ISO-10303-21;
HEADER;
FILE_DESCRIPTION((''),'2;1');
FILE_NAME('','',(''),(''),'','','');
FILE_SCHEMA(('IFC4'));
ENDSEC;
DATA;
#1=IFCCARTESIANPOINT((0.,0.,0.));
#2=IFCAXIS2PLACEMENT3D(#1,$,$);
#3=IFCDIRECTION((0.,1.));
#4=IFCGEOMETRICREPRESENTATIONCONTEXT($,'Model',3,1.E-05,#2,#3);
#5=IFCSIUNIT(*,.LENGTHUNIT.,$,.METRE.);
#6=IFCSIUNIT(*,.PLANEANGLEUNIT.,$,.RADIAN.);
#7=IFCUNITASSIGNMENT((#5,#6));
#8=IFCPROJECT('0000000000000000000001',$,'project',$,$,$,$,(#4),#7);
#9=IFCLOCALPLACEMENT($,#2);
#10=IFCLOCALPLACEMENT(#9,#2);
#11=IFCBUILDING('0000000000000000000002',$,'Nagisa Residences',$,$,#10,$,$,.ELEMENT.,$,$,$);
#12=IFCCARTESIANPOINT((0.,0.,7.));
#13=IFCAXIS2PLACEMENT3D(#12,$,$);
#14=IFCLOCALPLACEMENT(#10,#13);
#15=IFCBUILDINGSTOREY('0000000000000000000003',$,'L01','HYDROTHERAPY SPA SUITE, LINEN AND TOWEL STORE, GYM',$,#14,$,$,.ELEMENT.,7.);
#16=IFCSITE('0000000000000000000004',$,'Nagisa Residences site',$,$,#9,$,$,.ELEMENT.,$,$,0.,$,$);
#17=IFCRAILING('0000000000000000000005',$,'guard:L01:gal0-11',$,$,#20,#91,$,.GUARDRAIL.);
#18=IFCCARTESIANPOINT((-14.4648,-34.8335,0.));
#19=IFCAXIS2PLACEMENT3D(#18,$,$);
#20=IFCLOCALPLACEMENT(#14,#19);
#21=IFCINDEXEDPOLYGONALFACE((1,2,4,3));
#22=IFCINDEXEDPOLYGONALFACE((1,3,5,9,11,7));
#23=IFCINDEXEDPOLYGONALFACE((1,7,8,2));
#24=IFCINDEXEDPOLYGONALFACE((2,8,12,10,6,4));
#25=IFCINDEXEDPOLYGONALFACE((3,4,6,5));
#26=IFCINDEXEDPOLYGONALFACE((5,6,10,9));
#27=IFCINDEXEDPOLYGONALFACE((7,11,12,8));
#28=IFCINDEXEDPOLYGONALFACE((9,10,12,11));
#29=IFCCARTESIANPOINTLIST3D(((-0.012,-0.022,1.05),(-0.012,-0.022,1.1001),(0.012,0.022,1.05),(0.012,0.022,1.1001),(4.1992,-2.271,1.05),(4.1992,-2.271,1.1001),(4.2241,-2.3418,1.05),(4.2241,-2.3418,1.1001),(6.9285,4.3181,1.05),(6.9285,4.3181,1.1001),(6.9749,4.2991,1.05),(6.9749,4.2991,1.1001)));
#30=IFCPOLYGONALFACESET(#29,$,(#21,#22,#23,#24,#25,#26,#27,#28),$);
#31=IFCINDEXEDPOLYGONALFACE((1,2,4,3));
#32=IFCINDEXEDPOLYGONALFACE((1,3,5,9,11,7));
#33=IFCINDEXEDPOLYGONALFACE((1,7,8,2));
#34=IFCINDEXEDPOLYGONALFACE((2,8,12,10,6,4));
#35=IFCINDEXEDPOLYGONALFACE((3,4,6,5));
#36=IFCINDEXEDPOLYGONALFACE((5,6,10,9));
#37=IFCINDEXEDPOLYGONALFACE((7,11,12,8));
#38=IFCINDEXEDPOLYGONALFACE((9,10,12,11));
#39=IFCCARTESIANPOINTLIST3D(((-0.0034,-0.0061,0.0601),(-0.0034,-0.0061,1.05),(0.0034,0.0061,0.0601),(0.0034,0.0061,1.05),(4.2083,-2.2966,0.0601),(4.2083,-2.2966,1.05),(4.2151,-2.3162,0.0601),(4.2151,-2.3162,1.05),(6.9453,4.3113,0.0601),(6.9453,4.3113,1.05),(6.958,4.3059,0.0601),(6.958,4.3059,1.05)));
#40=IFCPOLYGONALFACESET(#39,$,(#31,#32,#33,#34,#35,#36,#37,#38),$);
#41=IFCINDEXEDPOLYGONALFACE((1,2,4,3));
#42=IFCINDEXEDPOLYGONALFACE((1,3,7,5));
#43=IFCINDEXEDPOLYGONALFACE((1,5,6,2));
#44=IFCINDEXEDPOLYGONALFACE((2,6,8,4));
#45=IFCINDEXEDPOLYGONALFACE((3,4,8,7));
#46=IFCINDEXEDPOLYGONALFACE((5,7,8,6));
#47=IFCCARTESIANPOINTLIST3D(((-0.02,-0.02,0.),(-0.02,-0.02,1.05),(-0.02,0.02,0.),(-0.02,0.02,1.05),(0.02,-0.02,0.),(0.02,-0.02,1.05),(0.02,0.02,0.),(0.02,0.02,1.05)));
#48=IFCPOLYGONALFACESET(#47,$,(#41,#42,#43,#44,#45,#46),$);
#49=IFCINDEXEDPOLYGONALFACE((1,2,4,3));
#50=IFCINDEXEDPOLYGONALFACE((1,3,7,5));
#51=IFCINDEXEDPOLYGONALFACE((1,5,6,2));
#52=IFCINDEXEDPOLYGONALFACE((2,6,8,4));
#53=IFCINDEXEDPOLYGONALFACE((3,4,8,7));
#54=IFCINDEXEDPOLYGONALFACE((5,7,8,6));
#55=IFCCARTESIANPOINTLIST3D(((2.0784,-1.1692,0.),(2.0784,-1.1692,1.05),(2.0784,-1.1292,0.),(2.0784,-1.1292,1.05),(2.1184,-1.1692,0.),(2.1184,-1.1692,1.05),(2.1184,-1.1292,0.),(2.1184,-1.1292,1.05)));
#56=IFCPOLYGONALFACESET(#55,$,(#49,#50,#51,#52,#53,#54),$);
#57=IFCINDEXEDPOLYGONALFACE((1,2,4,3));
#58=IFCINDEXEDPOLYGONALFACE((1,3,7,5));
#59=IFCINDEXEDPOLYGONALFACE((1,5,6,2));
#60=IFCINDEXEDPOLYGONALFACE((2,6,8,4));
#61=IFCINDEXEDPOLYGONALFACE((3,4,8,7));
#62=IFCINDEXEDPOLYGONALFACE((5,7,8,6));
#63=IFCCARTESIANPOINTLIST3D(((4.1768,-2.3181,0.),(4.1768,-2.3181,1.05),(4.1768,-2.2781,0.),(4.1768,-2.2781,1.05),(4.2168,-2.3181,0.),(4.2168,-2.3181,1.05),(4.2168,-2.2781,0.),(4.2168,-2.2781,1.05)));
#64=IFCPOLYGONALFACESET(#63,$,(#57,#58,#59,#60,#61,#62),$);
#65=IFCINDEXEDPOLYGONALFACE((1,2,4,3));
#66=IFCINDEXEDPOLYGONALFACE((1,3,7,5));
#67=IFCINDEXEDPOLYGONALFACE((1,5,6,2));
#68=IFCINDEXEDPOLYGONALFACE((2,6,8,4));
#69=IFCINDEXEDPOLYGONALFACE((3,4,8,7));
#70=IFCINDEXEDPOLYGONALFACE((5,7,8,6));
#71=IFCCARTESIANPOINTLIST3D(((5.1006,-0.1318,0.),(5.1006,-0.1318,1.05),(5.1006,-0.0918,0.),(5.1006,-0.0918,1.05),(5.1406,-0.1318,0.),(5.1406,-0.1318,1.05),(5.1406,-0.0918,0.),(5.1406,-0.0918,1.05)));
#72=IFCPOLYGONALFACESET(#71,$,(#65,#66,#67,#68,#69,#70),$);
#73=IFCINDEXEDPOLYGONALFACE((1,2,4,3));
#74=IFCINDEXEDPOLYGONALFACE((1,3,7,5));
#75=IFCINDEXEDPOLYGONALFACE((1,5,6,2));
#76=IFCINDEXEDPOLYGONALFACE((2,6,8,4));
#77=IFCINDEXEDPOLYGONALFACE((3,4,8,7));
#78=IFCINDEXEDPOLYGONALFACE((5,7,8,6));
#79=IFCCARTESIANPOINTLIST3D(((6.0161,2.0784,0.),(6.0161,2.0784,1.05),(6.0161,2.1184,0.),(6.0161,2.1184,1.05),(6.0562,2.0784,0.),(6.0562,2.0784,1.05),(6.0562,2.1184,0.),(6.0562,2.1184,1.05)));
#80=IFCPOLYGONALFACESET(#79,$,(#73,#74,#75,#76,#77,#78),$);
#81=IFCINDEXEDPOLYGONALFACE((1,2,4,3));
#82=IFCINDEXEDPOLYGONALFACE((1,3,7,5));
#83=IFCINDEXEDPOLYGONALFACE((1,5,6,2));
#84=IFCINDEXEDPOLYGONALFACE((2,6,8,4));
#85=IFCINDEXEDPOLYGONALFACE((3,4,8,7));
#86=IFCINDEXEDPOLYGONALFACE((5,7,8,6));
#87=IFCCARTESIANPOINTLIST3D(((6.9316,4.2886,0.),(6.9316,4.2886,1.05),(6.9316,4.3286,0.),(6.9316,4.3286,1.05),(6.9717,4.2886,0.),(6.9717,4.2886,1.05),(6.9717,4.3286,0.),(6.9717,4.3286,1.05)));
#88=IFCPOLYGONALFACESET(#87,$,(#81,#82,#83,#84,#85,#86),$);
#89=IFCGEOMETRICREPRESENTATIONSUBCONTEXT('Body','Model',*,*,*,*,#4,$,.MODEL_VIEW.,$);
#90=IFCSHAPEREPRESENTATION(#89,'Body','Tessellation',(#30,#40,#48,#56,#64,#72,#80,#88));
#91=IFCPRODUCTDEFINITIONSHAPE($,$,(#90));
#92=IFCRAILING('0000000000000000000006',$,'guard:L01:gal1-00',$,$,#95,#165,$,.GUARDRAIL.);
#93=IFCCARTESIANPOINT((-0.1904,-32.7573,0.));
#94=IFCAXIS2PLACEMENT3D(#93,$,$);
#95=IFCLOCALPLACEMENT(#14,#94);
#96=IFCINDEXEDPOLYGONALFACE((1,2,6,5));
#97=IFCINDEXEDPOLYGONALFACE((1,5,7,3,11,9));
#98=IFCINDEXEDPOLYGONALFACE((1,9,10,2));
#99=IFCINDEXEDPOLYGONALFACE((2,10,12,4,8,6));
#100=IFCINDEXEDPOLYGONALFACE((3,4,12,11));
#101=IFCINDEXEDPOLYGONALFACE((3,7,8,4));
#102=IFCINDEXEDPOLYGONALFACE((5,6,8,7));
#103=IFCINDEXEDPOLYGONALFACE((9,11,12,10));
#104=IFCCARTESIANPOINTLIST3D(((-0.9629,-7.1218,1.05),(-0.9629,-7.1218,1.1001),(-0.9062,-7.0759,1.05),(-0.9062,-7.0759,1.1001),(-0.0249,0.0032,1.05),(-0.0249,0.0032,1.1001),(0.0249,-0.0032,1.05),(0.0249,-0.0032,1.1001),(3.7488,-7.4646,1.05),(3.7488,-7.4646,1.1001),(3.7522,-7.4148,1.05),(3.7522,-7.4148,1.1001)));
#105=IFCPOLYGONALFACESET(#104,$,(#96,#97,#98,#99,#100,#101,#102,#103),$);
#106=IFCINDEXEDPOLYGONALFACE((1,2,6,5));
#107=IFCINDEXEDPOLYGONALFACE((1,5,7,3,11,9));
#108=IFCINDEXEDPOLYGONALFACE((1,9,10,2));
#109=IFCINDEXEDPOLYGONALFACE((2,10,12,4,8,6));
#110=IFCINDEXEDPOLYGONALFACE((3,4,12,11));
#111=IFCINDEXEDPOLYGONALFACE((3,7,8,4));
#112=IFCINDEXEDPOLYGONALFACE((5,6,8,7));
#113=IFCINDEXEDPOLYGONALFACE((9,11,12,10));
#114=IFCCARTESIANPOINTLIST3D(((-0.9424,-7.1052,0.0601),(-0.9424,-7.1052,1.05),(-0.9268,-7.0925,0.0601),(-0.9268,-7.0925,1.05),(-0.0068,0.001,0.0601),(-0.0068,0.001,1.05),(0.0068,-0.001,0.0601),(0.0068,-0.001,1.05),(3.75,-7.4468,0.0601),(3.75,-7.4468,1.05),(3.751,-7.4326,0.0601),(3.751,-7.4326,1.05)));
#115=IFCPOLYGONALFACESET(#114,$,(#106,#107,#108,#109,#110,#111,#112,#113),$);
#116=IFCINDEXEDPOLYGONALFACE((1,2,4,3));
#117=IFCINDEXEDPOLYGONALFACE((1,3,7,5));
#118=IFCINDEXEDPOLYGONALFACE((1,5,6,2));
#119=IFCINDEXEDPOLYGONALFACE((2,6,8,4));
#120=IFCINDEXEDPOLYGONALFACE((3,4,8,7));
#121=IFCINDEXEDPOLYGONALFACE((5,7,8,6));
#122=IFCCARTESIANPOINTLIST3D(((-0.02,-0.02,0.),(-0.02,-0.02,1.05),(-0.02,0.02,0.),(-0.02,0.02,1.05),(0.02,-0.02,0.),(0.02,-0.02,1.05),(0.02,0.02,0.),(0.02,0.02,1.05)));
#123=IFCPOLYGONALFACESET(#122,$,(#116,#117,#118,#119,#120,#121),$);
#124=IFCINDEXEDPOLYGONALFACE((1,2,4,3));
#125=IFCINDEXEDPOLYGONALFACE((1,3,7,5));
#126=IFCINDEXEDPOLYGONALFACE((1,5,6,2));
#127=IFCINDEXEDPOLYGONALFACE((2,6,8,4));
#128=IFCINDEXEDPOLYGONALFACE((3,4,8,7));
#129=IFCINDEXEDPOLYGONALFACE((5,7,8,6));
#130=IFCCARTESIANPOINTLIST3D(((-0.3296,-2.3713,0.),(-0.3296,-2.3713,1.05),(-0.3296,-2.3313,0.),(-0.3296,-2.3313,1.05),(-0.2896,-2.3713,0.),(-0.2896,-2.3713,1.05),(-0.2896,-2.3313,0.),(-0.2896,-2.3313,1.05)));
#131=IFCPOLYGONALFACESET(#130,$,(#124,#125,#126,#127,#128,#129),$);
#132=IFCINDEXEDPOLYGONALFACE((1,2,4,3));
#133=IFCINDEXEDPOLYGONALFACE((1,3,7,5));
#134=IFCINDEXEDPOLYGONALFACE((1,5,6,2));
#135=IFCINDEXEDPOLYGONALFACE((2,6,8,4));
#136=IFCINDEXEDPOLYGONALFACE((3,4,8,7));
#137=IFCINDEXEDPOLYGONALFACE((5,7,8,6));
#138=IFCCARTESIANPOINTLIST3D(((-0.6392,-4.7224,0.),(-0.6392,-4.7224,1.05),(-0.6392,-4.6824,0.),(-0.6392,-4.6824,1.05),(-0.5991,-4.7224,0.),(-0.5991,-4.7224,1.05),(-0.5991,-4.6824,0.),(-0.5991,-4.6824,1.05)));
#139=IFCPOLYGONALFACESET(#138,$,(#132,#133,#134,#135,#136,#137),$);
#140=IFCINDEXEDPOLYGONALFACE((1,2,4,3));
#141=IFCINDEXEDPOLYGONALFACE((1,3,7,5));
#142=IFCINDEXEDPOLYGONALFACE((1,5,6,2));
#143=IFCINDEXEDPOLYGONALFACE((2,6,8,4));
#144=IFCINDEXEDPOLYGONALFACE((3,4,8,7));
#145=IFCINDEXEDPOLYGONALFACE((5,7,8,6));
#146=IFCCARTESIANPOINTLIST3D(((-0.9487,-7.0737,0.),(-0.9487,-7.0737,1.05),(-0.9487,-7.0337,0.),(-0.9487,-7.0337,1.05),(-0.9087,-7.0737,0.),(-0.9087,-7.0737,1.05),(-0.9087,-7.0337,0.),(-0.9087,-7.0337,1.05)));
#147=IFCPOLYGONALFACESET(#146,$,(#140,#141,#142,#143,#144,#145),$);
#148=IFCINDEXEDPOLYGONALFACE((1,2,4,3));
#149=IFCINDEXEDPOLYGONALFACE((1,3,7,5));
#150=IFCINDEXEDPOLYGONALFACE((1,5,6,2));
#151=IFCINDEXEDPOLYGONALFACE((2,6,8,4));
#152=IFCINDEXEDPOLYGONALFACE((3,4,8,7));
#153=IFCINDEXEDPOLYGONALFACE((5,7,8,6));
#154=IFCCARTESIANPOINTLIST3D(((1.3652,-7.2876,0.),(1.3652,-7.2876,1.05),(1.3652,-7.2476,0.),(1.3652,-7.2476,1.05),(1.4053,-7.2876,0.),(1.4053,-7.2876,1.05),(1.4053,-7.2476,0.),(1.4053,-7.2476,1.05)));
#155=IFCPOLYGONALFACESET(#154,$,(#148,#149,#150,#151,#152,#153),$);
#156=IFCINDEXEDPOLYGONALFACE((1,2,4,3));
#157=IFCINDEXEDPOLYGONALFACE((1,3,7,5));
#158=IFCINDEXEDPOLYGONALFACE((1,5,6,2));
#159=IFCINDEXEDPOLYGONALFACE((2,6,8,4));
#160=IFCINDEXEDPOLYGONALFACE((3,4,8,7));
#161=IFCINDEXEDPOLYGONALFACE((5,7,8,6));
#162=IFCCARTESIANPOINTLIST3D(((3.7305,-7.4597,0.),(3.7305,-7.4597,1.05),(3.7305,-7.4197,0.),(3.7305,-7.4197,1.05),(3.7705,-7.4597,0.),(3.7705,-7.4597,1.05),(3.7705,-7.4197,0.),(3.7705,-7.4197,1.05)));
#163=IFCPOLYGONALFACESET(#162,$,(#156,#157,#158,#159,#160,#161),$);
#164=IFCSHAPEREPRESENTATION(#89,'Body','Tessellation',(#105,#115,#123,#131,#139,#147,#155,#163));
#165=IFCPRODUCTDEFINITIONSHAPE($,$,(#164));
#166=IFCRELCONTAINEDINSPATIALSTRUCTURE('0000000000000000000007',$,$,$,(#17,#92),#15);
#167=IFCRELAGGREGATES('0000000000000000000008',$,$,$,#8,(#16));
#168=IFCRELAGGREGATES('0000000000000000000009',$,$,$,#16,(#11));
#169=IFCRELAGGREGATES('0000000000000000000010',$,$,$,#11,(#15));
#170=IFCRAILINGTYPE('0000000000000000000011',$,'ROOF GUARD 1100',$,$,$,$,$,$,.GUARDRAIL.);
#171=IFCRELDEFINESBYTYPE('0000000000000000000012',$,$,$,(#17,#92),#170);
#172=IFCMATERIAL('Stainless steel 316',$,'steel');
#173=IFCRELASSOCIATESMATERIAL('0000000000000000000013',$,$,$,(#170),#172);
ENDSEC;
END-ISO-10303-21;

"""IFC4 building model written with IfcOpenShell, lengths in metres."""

from ifc_helpers import new_model, si_unit, direction, frame, origin, origin_2d, place, context, subcontext, project, spatial, polyline, rectangle, outline, extrude, material, type_object, element, save


model = new_model("IFC4")

# Units and contexts
model_context = context("Model", 3, precision=1e-05, world=origin(), true_north=direction((0.0, 1.0)))
body_context = subcontext(model_context, "Body", "Model", "MODEL_VIEW")
ifc_project = project(units=[si_unit("LENGTHUNIT", "METRE"), si_unit("PLANEANGLEUNIT", "RADIAN")], contexts=[model_context])

# Site, building, storey
site_placement = place(None, origin())
site = spatial("IfcSite", under=ifc_project, at=site_placement, Name="Nagisa Residences site", CompositionType="ELEMENT", RefElevation=0.0)
building_placement = place(site_placement, origin())
building = spatial("IfcBuilding", under=site, at=building_placement, Name="Nagisa Residences", CompositionType="ELEMENT")
storey_placement = place(building_placement, frame((0.0, 0.0, 7.0)))
storey = spatial("IfcBuildingStorey", under=building, at=storey_placement, Name="L01", Description="HYDROTHERAPY SPA SUITE, LINEN AND TOWEL STORE, GYM", CompositionType="ELEMENT", Elevation=7.0)

# Railings
ifc_material_1 = material(Name="Stainless steel 316", Category="steel")
railing_type = type_object("IfcRailingType", Name="ROOF GUARD 1100", PredefinedType="GUARDRAIL", material=ifc_material_1)
railing_1_placement = place(storey_placement, frame((-14.4648, -34.8335, 0.0)))
element("IfcRailing", 1, at=railing_1_placement, inside=storey, type_object=railing_type, Name="guard:L01:gal0-11", PredefinedType="GUARDRAIL", context=body_context, shape_type="SweptSolid", body=[
    extrude(outline(polyline([(4.1992, -2.271), (0.012, 0.022), (-0.012, -0.022), (4.2241, -2.3418), (6.9749, 4.2991), (6.9285, 4.3181), (4.1992, -2.271)])), frame((0.0, 0.0, 1.05)), (0.0, 0.0, 1.0), 0.05),
    extrude(outline(polyline([(4.2083, -2.2966), (0.0034, 0.0061), (-0.0034, -0.0061), (4.2151, -2.3162), (6.958, 4.3059), (6.9453, 4.3113), (4.2083, -2.2966)])), frame((0.0, 0.0, 0.0601)), (0.0, 0.0, 1.0), 0.99),
    extrude(rectangle(XDim=0.04, YDim=0.04, at=origin_2d()), origin(), (0.0, 0.0, 1.0), 1.05),
    extrude(rectangle(XDim=0.04, YDim=0.04, at=origin_2d()), frame((2.0984, -1.1492, 0.0)), (0.0, 0.0, 1.0), 1.05),
    extrude(rectangle(XDim=0.04, YDim=0.04, at=origin_2d()), frame((4.1968, -2.2981, 0.0)), (0.0, 0.0, 1.0), 1.05),
    extrude(rectangle(XDim=0.04, YDim=0.04, at=origin_2d()), frame((5.1206, -0.1118, 0.0)), (0.0, 0.0, 1.0), 1.05),
    extrude(rectangle(XDim=0.04, YDim=0.04, at=origin_2d()), frame((6.0361, 2.0984, 0.0)), (0.0, 0.0, 1.0), 1.05),
    extrude(rectangle(XDim=0.04, YDim=0.04, at=origin_2d()), frame((6.9517, 4.3086, 0.0)), (0.0, 0.0, 1.0), 1.05),
])
railing_2_placement = place(storey_placement, frame((-0.1904, -32.7573, 0.0)))
element("IfcRailing", 2, at=railing_2_placement, inside=storey, type_object=railing_type, Name="guard:L01:gal1-00", PredefinedType="GUARDRAIL", context=body_context, shape_type="SweptSolid", body=[
    extrude(outline(polyline([(-0.9062, -7.0759), (0.0249, -0.0032), (-0.0249, 0.0032), (-0.9629, -7.1218), (3.7488, -7.4646), (3.7522, -7.4148), (-0.9062, -7.0759)])), frame((0.0, 0.0, 1.05)), (0.0, 0.0, 1.0), 0.05),
    extrude(outline(polyline([(-0.9268, -7.0925), (0.0068, -0.001), (-0.0068, 0.001), (-0.9424, -7.1052), (3.75, -7.4468), (3.751, -7.4326), (-0.9268, -7.0925)])), frame((0.0, 0.0, 0.0601)), (0.0, 0.0, 1.0), 0.99),
    extrude(rectangle(XDim=0.04, YDim=0.04, at=origin_2d()), origin(), (0.0, 0.0, 1.0), 1.05),
    extrude(rectangle(XDim=0.04, YDim=0.04, at=origin_2d()), frame((-0.3096, -2.3513, 0.0)), (0.0, 0.0, 1.0), 1.05),
    extrude(rectangle(XDim=0.04, YDim=0.04, at=origin_2d()), frame((-0.6191, -4.7024, 0.0)), (0.0, 0.0, 1.0), 1.05),
    extrude(rectangle(XDim=0.04, YDim=0.04, at=origin_2d()), frame((-0.9287, -7.0537, 0.0)), (0.0, 0.0, 1.0), 1.05),
    extrude(rectangle(XDim=0.04, YDim=0.04, at=origin_2d()), frame((1.3853, -7.2676, 0.0)), (0.0, 0.0, 1.0), 1.05),
    extrude(rectangle(XDim=0.04, YDim=0.04, at=origin_2d()), frame((3.7505, -7.4397, 0.0)), (0.0, 0.0, 1.0), 1.05),
])

save(model, "model.ifc")
